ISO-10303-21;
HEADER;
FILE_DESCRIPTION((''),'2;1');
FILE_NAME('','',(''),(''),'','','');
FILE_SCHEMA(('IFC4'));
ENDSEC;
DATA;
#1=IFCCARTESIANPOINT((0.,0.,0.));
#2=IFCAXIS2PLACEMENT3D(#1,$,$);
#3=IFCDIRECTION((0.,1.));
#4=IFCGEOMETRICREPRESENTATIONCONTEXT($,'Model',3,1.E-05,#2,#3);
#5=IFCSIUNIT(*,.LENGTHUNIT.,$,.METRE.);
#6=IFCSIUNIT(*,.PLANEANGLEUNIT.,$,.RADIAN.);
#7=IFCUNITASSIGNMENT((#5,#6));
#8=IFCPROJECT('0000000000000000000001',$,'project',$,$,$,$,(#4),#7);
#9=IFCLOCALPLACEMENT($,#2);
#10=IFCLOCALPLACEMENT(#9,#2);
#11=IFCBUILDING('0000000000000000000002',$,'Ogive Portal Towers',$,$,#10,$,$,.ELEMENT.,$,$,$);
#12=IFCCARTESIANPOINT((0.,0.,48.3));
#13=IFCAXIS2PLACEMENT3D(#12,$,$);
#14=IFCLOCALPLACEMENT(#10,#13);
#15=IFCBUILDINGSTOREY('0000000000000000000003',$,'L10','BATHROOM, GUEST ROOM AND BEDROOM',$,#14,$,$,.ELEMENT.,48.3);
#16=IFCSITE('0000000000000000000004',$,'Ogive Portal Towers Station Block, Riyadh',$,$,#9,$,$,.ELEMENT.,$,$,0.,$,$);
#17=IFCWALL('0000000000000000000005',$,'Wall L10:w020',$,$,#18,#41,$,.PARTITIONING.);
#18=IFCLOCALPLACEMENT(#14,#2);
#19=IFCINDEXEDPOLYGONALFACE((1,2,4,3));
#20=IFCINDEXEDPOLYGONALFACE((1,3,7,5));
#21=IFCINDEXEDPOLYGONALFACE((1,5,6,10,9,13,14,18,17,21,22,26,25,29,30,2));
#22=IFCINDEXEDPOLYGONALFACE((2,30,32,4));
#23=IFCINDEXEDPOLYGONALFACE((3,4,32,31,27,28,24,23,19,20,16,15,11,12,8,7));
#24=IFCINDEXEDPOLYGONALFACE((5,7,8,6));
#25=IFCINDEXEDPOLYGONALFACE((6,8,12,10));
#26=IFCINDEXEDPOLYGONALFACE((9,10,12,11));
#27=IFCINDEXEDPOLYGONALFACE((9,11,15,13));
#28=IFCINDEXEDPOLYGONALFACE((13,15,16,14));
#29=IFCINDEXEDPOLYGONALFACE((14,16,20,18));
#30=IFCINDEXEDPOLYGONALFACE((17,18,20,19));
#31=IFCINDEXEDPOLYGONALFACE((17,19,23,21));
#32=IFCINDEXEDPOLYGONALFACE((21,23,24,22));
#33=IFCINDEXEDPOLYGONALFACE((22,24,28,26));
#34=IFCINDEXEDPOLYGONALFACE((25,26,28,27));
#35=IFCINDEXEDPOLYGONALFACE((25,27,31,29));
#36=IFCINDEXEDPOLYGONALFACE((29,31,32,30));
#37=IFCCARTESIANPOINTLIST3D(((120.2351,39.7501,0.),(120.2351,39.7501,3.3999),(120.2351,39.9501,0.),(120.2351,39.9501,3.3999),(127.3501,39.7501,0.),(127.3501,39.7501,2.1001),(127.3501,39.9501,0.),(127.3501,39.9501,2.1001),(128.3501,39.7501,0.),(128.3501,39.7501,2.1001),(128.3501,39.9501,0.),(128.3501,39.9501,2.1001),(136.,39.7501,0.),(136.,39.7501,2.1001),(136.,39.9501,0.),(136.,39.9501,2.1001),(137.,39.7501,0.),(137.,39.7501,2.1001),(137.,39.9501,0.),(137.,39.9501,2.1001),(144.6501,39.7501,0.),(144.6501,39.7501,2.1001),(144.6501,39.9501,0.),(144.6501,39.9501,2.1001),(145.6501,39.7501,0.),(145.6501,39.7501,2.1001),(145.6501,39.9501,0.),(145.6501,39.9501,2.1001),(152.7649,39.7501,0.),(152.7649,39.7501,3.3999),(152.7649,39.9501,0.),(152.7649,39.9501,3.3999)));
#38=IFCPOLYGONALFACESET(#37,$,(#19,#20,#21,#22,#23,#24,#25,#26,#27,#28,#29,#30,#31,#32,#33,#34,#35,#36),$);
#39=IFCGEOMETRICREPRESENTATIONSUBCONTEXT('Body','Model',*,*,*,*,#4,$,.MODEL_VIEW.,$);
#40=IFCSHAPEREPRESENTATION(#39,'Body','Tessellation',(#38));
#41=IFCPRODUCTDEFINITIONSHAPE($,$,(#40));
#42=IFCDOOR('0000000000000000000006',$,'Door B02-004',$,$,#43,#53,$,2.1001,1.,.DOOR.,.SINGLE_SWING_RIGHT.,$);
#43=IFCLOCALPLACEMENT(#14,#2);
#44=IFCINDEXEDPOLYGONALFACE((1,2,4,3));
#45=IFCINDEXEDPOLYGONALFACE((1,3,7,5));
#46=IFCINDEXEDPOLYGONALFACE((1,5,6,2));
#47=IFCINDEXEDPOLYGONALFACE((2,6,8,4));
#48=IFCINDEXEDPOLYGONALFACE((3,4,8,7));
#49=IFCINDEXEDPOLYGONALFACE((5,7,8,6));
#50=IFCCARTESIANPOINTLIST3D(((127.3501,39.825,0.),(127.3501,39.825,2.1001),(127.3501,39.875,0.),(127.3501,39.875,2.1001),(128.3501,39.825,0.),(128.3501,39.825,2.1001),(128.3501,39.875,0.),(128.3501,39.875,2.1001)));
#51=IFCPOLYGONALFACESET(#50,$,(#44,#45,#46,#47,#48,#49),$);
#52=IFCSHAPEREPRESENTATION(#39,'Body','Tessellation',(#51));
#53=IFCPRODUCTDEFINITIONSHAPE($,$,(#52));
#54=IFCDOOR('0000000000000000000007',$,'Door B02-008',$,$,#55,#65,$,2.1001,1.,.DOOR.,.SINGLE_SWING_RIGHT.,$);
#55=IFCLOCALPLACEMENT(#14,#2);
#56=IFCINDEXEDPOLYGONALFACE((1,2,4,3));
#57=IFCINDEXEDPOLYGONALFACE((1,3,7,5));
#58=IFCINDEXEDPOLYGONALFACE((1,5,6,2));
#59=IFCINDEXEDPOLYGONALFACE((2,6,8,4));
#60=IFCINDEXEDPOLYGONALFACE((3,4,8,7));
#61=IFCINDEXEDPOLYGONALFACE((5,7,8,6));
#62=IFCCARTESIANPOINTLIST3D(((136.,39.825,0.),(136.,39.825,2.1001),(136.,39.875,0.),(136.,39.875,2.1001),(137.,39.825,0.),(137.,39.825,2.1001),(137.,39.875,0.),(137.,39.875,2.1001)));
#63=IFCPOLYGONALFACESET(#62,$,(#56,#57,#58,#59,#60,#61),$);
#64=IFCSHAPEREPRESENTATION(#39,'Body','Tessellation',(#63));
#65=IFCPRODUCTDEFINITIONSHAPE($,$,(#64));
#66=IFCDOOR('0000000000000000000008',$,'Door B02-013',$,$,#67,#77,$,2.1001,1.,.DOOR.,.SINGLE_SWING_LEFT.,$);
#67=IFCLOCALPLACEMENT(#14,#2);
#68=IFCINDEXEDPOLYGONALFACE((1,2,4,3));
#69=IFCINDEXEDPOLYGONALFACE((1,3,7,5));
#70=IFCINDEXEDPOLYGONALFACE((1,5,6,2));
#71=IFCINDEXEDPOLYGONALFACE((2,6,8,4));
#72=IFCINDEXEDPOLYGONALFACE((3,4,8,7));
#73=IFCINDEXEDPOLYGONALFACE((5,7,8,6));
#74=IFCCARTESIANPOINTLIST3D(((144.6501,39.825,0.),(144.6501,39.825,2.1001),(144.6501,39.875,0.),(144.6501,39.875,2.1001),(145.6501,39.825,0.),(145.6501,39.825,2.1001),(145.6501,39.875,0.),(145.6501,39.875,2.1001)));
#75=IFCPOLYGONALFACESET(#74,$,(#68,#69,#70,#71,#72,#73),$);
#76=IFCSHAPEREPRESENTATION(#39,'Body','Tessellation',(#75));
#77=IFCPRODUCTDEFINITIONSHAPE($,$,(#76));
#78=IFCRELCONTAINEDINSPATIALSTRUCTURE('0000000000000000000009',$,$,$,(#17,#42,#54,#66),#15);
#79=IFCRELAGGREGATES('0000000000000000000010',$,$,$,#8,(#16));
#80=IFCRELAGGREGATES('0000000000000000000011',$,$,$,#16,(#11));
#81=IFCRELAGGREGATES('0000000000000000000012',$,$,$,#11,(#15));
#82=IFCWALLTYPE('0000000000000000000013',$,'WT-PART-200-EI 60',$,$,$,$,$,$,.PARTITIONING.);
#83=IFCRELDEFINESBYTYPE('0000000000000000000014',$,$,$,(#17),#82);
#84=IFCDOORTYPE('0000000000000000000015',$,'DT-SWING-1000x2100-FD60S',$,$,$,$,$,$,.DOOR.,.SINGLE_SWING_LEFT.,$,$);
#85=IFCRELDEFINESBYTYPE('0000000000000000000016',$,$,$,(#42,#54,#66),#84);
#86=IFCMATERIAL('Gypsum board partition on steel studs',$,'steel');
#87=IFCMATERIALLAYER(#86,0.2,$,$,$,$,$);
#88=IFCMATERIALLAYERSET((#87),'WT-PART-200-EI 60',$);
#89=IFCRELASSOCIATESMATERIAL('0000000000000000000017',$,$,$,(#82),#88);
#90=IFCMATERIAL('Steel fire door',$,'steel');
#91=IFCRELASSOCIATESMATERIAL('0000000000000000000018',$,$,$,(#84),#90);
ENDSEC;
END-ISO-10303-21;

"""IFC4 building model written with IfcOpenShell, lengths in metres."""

from ifc_helpers import new_model, si_unit, direction, frame, frame_2d, origin, place, context, subcontext, project, spatial, rectangle, extrude, material, layer, layer_set, type_object, element, fill, save


model = new_model("IFC4")

# Units and contexts
model_context = context("Model", 3, precision=1e-05, world=origin(), true_north=direction((0.0, 1.0)))
body_context = subcontext(model_context, "Body", "Model", "MODEL_VIEW")
ifc_project = project(units=[si_unit("LENGTHUNIT", "METRE"), si_unit("PLANEANGLEUNIT", "RADIAN")], contexts=[model_context])

# Site, building, storey
site_placement = place(None, origin())
site = spatial("IfcSite", under=ifc_project, at=site_placement, Name="Ogive Portal Towers Station Block, Riyadh", CompositionType="ELEMENT", RefElevation=0.0)
building_placement = place(site_placement, origin())
building = spatial("IfcBuilding", under=site, at=building_placement, Name="Ogive Portal Towers", CompositionType="ELEMENT")
storey_placement = place(building_placement, frame((0.0, 0.0, 48.3)))
storey = spatial("IfcBuildingStorey", under=building, at=storey_placement, Name="L10", Description="BATHROOM, GUEST ROOM AND BEDROOM", CompositionType="ELEMENT", Elevation=48.3)

# Shared definitions
ifc_material_1 = material(Name="Gypsum board partition on steel studs", Category="steel")
ifc_layer_1 = layer(ifc_material_1, 0.2)
ifc_layer_set_1 = layer_set([ifc_layer_1], Name="WT-PART-200-EI 60")
wall_type = type_object("IfcWallType", Name="WT-PART-200-EI 60", PredefinedType="PARTITIONING", material=ifc_layer_set_1)

# Wall, openings, doors
wall_placement = place(storey_placement, frame((120.2351, 39.8501, 0.0), z_axis=(0.0, 0.0, 1.0), x_axis=(1.0, 0.0, 0.0)))
wall = element("IfcWall", 1, at=wall_placement, inside=storey, type_object=wall_type, Name="Wall L10:w020", PredefinedType="PARTITIONING", context=body_context, shape_type="SweptSolid", body=[
    extrude(rectangle(XDim=32.5298, YDim=0.2, at=frame_2d((16.2649, 0.0))), origin(), (0.0, 0.0, 1.0), 3.3999),
])
opening_1_placement = place(wall_placement, frame((7.115, 0.0, 0.0)))
opening_1 = element("IfcOpeningElement", 2, at=opening_1_placement, cuts=wall, PredefinedType="OPENING", context=body_context, shape_type="SweptSolid", body=[
    extrude(rectangle(XDim=1.0, YDim=2.1001, at=frame_2d((0.5, 1.05))), frame((0.0, 0.1099, 0.0), z_axis=(0.0, -1.0, 0.0), x_axis=(1.0, 0.0, 0.0)), (0.0, 0.0, 1.0), 0.22),
])
opening_2_placement = place(wall_placement, frame((15.7649, 0.0, 0.0)))
opening_2 = element("IfcOpeningElement", 3, at=opening_2_placement, cuts=wall, PredefinedType="OPENING", context=body_context, shape_type="SweptSolid", body=[
    extrude(rectangle(XDim=1.0, YDim=2.1001, at=frame_2d((0.5, 1.05))), frame((0.0, 0.1099, 0.0), z_axis=(0.0, -1.0, 0.0), x_axis=(1.0, 0.0, 0.0)), (0.0, 0.0, 1.0), 0.22),
])
opening_3_placement = place(wall_placement, frame((24.415, 0.0, 0.0)))
opening_3 = element("IfcOpeningElement", 4, at=opening_3_placement, cuts=wall, PredefinedType="OPENING", context=body_context, shape_type="SweptSolid", body=[
    extrude(rectangle(XDim=1.0, YDim=2.1001, at=frame_2d((0.5, 1.05))), frame((0.0, 0.1099, 0.0), z_axis=(0.0, -1.0, 0.0), x_axis=(1.0, 0.0, 0.0)), (0.0, 0.0, 1.0), 0.22),
])
ifc_material_2 = material(Name="Steel fire door", Category="steel")
door_type = type_object("IfcDoorType", Name="DT-SWING-1000x2100-FD60S", OperationType="SINGLE_SWING_LEFT", PredefinedType="DOOR", material=ifc_material_2)
door_1_placement = place(opening_1_placement, origin())
door_1 = element("IfcDoor", 5, at=door_1_placement, inside=storey, type_object=door_type, Name="Door B02-004", OperationType="SINGLE_SWING_RIGHT", OverallHeight=2.1001, OverallWidth=1.0, PredefinedType="DOOR", context=body_context, shape_type="SweptSolid", body=[
    extrude(rectangle(XDim=1.0, YDim=2.1001, at=frame_2d((0.5, 1.05))), frame((0.0, 0.0249, 0.0), z_axis=(0.0, -1.0, 0.0), x_axis=(1.0, 0.0, 0.0)), (0.0, 0.0, 1.0), 0.05),
])
fill(opening_1, door_1)
door_2_placement = place(opening_2_placement, origin())
door_2 = element("IfcDoor", 6, at=door_2_placement, inside=storey, type_object=door_type, Name="Door B02-008", OperationType="SINGLE_SWING_RIGHT", OverallHeight=2.1001, OverallWidth=1.0, PredefinedType="DOOR", context=body_context, shape_type="SweptSolid", body=[
    extrude(rectangle(XDim=1.0, YDim=2.1001, at=frame_2d((0.5, 1.05))), frame((0.0, 0.0249, 0.0), z_axis=(0.0, -1.0, 0.0), x_axis=(1.0, 0.0, 0.0)), (0.0, 0.0, 1.0), 0.05),
])
fill(opening_2, door_2)
door_3_placement = place(opening_3_placement, origin())
door_3 = element("IfcDoor", 7, at=door_3_placement, inside=storey, type_object=door_type, Name="Door B02-013", OperationType="SINGLE_SWING_LEFT", OverallHeight=2.1001, OverallWidth=1.0, PredefinedType="DOOR", context=body_context, shape_type="SweptSolid", body=[
    extrude(rectangle(XDim=1.0, YDim=2.1001, at=frame_2d((0.5, 1.05))), frame((0.0, 0.0249, 0.0), z_axis=(0.0, -1.0, 0.0), x_axis=(1.0, 0.0, 0.0)), (0.0, 0.0, 1.0), 0.05),
])
fill(opening_3, door_3)

save(model, "model.ifc")
